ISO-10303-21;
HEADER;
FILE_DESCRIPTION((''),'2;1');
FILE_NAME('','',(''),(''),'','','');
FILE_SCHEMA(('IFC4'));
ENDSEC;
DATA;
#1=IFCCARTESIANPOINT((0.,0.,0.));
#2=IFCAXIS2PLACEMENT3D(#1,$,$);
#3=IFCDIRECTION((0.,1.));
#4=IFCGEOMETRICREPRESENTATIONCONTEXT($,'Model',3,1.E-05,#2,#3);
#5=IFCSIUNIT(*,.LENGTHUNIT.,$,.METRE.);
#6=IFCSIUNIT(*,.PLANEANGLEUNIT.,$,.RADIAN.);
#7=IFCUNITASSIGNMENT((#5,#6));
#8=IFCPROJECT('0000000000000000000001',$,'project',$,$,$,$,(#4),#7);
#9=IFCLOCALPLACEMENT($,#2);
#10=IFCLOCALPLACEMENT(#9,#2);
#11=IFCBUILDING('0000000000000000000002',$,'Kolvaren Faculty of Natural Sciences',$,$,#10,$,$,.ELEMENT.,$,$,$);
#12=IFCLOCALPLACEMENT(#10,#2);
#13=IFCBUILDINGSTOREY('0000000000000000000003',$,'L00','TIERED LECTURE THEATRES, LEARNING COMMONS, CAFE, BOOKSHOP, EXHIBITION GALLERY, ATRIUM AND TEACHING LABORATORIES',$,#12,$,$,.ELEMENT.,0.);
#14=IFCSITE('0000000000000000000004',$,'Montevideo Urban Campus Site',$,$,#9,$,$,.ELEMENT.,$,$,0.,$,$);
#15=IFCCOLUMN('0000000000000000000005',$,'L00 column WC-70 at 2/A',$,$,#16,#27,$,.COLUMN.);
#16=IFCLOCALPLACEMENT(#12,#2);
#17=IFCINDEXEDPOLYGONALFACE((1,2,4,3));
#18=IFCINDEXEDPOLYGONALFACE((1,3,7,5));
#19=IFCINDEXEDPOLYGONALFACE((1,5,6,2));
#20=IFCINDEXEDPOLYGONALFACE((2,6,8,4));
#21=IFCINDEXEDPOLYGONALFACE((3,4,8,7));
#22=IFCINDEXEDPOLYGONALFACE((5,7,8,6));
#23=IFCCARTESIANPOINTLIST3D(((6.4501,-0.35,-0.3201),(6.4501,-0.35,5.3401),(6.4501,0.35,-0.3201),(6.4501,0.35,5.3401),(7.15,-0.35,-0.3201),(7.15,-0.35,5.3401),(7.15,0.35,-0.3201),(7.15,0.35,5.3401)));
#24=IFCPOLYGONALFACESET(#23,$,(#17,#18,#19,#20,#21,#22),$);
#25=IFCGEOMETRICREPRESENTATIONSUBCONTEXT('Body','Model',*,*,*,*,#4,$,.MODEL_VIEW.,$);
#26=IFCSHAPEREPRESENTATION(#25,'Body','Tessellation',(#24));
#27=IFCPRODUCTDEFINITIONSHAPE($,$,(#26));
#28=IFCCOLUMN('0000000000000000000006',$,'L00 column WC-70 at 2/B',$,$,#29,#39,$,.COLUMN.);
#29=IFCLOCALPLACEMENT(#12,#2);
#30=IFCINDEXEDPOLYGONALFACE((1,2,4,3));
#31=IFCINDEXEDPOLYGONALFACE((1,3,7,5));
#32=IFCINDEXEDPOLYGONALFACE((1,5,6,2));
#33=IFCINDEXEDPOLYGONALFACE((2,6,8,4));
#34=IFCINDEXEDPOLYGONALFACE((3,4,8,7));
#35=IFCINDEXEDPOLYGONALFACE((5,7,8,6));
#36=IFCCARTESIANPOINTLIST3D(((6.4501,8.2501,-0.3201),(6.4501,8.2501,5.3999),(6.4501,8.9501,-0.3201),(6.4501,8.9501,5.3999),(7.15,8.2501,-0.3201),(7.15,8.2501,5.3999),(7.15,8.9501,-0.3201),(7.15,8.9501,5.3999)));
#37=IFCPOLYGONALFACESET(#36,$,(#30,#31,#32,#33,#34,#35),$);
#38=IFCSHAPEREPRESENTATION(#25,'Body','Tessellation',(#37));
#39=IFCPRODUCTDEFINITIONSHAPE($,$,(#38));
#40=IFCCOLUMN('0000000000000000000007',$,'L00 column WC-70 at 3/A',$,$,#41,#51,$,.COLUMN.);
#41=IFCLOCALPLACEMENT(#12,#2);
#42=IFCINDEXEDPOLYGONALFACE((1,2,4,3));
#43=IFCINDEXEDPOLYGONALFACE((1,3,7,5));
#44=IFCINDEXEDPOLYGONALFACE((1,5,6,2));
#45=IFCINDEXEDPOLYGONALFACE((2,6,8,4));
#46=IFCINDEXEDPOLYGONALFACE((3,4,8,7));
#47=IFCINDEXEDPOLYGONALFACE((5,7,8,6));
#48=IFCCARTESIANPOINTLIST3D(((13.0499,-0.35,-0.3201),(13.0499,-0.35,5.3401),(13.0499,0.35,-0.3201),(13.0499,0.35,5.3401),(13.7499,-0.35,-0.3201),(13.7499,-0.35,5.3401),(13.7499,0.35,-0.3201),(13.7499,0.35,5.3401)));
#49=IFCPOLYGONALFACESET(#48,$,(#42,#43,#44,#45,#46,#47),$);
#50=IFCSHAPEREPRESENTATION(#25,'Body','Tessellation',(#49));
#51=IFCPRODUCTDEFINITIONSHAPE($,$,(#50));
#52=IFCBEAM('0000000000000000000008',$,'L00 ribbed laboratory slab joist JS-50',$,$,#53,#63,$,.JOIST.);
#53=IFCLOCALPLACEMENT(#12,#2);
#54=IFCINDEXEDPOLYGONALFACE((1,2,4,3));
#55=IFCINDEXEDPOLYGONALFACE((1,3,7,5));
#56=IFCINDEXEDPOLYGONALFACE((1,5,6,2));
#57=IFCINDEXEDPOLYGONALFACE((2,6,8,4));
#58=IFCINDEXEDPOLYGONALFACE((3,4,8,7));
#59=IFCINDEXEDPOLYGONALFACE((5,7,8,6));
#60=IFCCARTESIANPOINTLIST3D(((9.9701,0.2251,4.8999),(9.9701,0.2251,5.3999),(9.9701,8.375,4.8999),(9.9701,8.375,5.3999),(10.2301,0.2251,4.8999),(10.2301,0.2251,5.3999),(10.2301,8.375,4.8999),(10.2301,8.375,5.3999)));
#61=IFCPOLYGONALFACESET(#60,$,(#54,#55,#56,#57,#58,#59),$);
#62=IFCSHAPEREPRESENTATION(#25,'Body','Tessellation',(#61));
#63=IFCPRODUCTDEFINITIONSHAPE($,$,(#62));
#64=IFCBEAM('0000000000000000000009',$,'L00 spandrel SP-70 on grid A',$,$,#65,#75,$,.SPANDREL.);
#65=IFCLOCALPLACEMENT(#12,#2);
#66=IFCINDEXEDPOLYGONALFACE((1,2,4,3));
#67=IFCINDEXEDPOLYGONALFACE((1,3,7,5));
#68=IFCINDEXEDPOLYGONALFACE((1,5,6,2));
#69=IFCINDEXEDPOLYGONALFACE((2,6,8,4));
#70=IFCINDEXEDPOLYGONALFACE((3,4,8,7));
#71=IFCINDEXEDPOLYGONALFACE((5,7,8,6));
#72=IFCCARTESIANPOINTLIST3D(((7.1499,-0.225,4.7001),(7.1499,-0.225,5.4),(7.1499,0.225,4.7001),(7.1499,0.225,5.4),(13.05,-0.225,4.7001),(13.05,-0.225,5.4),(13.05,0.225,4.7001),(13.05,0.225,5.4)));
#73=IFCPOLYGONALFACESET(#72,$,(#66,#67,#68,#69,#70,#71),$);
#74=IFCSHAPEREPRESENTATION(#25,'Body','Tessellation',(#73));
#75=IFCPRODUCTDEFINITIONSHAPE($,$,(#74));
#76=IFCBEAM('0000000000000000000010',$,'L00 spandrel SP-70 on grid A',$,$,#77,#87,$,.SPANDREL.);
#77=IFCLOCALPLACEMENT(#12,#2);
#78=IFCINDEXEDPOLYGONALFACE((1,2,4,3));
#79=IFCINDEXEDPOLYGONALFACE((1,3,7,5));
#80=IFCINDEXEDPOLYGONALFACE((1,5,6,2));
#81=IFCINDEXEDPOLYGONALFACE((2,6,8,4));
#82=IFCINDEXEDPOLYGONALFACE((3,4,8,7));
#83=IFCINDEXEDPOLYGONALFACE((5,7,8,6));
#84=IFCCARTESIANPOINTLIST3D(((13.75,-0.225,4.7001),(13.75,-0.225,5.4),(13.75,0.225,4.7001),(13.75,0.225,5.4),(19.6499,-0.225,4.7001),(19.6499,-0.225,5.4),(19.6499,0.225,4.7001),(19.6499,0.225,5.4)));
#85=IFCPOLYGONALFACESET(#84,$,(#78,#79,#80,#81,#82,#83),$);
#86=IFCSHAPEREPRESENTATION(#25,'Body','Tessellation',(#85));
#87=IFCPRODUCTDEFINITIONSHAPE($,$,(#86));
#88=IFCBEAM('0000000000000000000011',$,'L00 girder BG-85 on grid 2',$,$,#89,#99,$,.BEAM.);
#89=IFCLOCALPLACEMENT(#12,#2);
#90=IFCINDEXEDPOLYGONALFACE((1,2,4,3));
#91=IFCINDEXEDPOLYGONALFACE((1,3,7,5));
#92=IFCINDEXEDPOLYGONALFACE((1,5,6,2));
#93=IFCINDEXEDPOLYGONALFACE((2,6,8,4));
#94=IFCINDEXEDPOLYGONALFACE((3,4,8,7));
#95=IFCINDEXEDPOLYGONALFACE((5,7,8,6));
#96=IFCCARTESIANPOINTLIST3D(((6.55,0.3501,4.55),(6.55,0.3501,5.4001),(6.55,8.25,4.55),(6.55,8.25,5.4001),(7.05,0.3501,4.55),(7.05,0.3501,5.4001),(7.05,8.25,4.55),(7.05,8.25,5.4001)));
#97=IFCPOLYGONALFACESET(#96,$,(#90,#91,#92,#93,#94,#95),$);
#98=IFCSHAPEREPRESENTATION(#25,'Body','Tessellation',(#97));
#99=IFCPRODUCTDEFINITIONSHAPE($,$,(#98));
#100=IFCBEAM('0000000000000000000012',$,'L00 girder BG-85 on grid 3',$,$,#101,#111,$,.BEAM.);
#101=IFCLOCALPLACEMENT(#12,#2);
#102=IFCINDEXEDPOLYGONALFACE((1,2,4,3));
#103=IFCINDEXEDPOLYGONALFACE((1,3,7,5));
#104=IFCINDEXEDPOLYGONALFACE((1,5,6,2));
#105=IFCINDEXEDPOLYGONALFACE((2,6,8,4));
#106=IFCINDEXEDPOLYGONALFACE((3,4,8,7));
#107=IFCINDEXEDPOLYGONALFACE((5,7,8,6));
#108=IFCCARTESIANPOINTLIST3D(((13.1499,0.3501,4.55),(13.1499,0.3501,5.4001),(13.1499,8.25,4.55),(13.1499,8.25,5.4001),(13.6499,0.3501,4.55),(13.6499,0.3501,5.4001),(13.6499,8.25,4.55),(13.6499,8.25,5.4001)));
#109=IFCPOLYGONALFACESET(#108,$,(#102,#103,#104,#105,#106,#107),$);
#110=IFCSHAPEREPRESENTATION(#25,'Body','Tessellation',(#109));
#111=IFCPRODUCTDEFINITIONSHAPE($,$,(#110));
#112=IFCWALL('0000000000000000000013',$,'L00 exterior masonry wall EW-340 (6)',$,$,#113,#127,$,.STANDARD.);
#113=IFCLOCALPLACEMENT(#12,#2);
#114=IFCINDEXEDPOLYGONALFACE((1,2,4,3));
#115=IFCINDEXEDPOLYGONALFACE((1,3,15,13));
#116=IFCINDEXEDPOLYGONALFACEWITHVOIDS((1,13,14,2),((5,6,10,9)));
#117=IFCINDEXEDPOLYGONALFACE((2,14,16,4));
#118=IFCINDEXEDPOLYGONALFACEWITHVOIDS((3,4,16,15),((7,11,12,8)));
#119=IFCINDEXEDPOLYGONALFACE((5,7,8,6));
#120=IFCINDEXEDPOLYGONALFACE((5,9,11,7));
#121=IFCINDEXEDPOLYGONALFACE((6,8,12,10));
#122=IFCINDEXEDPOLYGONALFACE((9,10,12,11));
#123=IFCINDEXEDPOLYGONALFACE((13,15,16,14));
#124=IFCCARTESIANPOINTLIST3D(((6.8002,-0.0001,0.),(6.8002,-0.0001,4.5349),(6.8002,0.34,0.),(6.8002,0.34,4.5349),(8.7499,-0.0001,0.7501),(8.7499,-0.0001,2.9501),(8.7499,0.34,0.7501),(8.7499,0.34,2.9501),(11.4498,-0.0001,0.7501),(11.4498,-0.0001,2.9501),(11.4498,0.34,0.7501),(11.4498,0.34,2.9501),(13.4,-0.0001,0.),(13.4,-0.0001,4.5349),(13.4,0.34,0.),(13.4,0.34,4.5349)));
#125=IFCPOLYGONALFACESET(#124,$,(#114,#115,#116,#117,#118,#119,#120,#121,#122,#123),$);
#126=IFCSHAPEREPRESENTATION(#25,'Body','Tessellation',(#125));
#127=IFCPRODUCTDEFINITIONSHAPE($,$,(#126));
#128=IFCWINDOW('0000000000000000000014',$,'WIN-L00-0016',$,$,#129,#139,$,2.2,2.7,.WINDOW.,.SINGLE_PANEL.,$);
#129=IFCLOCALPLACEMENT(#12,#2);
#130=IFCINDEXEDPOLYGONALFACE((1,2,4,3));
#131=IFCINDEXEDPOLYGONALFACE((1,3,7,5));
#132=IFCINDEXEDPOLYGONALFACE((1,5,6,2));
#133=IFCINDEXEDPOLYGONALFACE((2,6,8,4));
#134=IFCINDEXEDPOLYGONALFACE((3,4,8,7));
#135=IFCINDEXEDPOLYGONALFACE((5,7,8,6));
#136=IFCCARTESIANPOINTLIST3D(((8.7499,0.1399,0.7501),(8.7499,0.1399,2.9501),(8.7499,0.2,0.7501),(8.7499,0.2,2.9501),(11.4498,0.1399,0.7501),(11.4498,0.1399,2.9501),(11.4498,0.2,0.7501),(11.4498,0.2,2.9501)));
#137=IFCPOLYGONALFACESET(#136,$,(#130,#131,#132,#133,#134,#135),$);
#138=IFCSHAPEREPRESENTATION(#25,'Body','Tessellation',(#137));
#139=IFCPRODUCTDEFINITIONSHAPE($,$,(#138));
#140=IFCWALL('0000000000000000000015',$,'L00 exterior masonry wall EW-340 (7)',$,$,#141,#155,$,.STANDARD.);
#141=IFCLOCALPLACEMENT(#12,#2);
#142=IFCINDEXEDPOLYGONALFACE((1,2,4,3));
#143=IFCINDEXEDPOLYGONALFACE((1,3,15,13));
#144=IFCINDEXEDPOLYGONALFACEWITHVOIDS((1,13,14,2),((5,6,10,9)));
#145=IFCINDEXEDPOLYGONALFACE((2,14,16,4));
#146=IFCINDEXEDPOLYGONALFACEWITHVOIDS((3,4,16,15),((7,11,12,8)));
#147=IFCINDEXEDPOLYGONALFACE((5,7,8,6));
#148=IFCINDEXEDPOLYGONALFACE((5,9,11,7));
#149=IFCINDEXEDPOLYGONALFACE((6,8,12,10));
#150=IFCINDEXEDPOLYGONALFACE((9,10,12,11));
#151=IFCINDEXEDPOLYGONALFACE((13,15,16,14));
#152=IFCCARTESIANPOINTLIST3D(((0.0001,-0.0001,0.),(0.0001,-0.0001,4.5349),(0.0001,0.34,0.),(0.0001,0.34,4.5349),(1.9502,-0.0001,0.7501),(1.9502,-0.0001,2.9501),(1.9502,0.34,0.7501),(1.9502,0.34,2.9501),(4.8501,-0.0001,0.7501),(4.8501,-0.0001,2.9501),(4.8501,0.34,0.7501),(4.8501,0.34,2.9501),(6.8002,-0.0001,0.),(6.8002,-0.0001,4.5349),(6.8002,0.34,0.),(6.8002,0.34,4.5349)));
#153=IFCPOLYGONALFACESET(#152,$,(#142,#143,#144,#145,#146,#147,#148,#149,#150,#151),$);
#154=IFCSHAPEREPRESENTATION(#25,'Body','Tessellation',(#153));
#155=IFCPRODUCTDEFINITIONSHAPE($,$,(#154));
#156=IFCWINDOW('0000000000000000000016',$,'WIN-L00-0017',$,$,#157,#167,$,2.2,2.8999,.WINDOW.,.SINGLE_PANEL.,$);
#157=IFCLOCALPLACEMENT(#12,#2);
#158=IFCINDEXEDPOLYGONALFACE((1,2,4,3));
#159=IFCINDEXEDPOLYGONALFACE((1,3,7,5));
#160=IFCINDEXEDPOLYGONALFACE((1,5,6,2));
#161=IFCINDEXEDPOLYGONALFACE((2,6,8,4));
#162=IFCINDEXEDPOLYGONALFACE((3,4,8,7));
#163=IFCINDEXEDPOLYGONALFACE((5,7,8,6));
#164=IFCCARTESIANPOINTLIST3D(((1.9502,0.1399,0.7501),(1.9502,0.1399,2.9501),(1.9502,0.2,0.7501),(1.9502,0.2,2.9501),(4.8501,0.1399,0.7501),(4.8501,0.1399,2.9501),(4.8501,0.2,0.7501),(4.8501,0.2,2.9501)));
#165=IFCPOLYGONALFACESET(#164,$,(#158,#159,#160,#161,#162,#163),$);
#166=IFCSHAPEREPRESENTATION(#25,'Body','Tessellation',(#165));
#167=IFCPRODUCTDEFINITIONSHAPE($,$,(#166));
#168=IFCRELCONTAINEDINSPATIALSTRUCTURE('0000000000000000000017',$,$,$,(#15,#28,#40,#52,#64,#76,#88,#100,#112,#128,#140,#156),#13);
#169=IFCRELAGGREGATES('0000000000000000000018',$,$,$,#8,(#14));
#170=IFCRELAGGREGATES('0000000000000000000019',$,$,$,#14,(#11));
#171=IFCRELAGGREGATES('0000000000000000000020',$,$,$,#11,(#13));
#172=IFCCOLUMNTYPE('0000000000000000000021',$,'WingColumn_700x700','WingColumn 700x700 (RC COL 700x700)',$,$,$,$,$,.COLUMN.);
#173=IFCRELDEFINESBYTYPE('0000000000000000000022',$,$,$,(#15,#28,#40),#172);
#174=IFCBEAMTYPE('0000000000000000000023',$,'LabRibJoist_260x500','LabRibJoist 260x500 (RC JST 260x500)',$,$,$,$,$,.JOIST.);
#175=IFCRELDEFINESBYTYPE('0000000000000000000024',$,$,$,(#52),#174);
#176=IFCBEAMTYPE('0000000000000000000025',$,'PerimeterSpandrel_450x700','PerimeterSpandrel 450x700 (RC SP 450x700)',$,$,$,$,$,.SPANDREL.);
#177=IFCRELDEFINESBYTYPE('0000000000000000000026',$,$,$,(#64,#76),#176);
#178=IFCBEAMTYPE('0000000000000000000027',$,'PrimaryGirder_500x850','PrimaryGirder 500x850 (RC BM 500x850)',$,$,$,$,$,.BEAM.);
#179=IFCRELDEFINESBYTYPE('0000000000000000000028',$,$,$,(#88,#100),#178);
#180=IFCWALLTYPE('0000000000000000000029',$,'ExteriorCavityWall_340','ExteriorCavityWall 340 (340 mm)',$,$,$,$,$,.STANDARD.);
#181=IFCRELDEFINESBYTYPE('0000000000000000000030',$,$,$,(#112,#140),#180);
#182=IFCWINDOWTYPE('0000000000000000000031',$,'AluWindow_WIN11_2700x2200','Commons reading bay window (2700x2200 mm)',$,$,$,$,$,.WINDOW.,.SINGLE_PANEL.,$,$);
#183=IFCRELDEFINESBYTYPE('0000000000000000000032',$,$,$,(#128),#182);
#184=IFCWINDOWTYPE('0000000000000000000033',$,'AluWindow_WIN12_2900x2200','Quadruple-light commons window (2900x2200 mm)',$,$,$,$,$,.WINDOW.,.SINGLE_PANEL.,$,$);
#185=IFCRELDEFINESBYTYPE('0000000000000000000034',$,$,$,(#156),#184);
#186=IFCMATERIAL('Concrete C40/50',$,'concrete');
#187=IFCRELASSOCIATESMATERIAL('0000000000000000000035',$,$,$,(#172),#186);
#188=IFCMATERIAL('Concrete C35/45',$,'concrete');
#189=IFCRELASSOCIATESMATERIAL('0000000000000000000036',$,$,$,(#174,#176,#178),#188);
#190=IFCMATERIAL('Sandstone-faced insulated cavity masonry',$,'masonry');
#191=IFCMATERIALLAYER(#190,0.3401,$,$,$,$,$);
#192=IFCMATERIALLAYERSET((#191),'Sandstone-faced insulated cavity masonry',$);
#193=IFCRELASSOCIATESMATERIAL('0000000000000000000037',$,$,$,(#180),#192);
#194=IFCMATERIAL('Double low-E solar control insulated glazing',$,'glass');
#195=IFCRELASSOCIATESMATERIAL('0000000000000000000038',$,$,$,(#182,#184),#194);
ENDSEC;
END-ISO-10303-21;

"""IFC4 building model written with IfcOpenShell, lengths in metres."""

from ifc_helpers import new_model, si_unit, direction, frame, frame_2d, origin, origin_2d, place, context, subcontext, project, spatial, rectangle, extrude, material, layer, layer_set, material_profile, profile_set, type_object, element, fill, save


model = new_model("IFC4")

# Units and contexts
model_context = context("Model", 3, precision=1e-05, world=origin(), true_north=direction((0.0, 1.0)))
body_context = subcontext(model_context, "Body", "Model", "MODEL_VIEW")
ifc_project = project(units=[si_unit("LENGTHUNIT", "METRE"), si_unit("PLANEANGLEUNIT", "RADIAN")], contexts=[model_context])

# Site, building, storey
site_placement = place(None, origin())
site = spatial("IfcSite", under=ifc_project, at=site_placement, Name="Montevideo Urban Campus Site", CompositionType="ELEMENT", RefElevation=0.0)
building_placement = place(site_placement, origin())
building = spatial("IfcBuilding", under=site, at=building_placement, Name="Kolvaren Faculty of Natural Sciences", CompositionType="ELEMENT")
storey_placement = place(building_placement, origin())
storey = spatial("IfcBuildingStorey", under=building, at=storey_placement, Name="L00", Description="TIERED LECTURE THEATRES, LEARNING COMMONS, CAFE, BOOKSHOP, EXHIBITION GALLERY, ATRIUM AND TEACHING LABORATORIES", CompositionType="ELEMENT", Elevation=0.0)

# Shared definitions
ifc_material_1 = material(Name="Concrete C35/45", Category="concrete")

# Columns
ifc_material_2 = material(Name="Concrete C40/50", Category="concrete")
ifc_material_profile_1 = material_profile(ifc_material_2, rectangle(XDim=0.7, YDim=0.7, at=origin_2d()), Name="RC COL 700x700")
ifc_profile_set_1 = profile_set([ifc_material_profile_1], Name="Concrete C40/50")
column_type = type_object("IfcColumnType", Name="WingColumn_700x700", Description="WingColumn 700x700 (RC COL 700x700)", PredefinedType="COLUMN", material=ifc_profile_set_1)
column_1_placement = place(storey_placement, frame((6.8, 0.0, -0.3201), z_axis=(0.0, 0.0, 1.0), x_axis=(1.0, 0.0, 0.0)))
element("IfcColumn", 1, at=column_1_placement, inside=storey, type_object=column_type, Name="L00 column WC-70 at 2/A", PredefinedType="COLUMN", context=body_context, shape_type="SweptSolid", body=[
    extrude(rectangle(XDim=0.7, YDim=0.7, at=origin_2d()), origin(), (0.0, 0.0, 1.0), 5.6602),
])
column_2_placement = place(storey_placement, frame((6.8, 8.6001, -0.3201), z_axis=(0.0, 0.0, 1.0), x_axis=(1.0, 0.0, 0.0)))
element("IfcColumn", 2, at=column_2_placement, inside=storey, type_object=column_type, Name="L00 column WC-70 at 2/B", PredefinedType="COLUMN", context=body_context, shape_type="SweptSolid", body=[
    extrude(rectangle(XDim=0.7, YDim=0.7, at=origin_2d()), origin(), (0.0, 0.0, 1.0), 5.72),
])
column_3_placement = place(storey_placement, frame((13.3999, 0.0, -0.3201), z_axis=(0.0, 0.0, 1.0), x_axis=(1.0, 0.0, 0.0)))
element("IfcColumn", 3, at=column_3_placement, inside=storey, type_object=column_type, Name="L00 column WC-70 at 3/A", PredefinedType="COLUMN", context=body_context, shape_type="SweptSolid", body=[
    extrude(rectangle(XDim=0.7, YDim=0.7, at=origin_2d()), origin(), (0.0, 0.0, 1.0), 5.6602),
])

# Beams
ifc_material_profile_2 = material_profile(ifc_material_1, rectangle(XDim=0.26, YDim=0.5, at=origin_2d()), Name="RC JST 260x500")
ifc_profile_set_2 = profile_set([ifc_material_profile_2], Name="Concrete C35/45")
beam_type_1 = type_object("IfcBeamType", Name="LabRibJoist_260x500", Description="LabRibJoist 260x500 (RC JST 260x500)", PredefinedType="JOIST", material=ifc_profile_set_2)
beam_1_placement = place(storey_placement, frame((10.1001, 0.2251, 5.1499), z_axis=(0.0, 1.0, 0.0), x_axis=(-1.0, 0.0, 0.0)))
element("IfcBeam", 4, at=beam_1_placement, inside=storey, type_object=beam_type_1, Name="L00 ribbed laboratory slab joist JS-50", PredefinedType="JOIST", context=body_context, shape_type="SweptSolid", body=[
    extrude(rectangle(XDim=0.26, YDim=0.5, at=origin_2d()), origin(), (0.0, 0.0, 1.0), 8.1499),
])
ifc_material_profile_3 = material_profile(ifc_material_1, rectangle(XDim=0.45, YDim=0.7, at=origin_2d()), Name="RC SP 450x700")
ifc_profile_set_3 = profile_set([ifc_material_profile_3], Name="Concrete C35/45")
beam_type_2 = type_object("IfcBeamType", Name="PerimeterSpandrel_450x700", Description="PerimeterSpandrel 450x700 (RC SP 450x700)", PredefinedType="SPANDREL", material=ifc_profile_set_3)
beam_2_placement = place(storey_placement, frame((7.1499, 0.0, 5.05), z_axis=(1.0, 0.0, 0.0), x_axis=(0.0, 1.0, 0.0)))
element("IfcBeam", 5, at=beam_2_placement, inside=storey, type_object=beam_type_2, Name="L00 spandrel SP-70 on grid A", PredefinedType="SPANDREL", context=body_context, shape_type="SweptSolid", body=[
    extrude(rectangle(XDim=0.45, YDim=0.7, at=origin_2d()), origin(), (0.0, 0.0, 1.0), 5.9001),
])
beam_3_placement = place(storey_placement, frame((13.75, 0.0, 5.05), z_axis=(1.0, 0.0, 0.0), x_axis=(0.0, 1.0, 0.0)))
element("IfcBeam", 6, at=beam_3_placement, inside=storey, type_object=beam_type_2, Name="L00 spandrel SP-70 on grid A", PredefinedType="SPANDREL", context=body_context, shape_type="SweptSolid", body=[
    extrude(rectangle(XDim=0.45, YDim=0.7, at=origin_2d()), origin(), (0.0, 0.0, 1.0), 5.8999),
])
ifc_material_profile_4 = material_profile(ifc_material_1, rectangle(XDim=0.5, YDim=0.8501, at=origin_2d()), Name="RC BM 500x850")
ifc_profile_set_4 = profile_set([ifc_material_profile_4], Name="Concrete C35/45")
beam_type_3 = type_object("IfcBeamType", Name="PrimaryGirder_500x850", Description="PrimaryGirder 500x850 (RC BM 500x850)", PredefinedType="BEAM", material=ifc_profile_set_4)
for number, where, z_axis, x_axis, name in (
    (7, (6.8, 0.3501, 4.9751), (0.0, 1.0, 0.0), (-1.0, 0.0, 0.0), "L00 girder BG-85 on grid 2"),
    (8, (13.3999, 0.3501, 4.9751), (0.0, 1.0, 0.0), (-1.0, 0.0, 0.0), "L00 girder BG-85 on grid 3"),
):
    element("IfcBeam", number, at=place(storey_placement, frame(where, z_axis=z_axis, x_axis=x_axis)), inside=storey, type_object=beam_type_3, Name=name, PredefinedType="BEAM", context=body_context, shape_type="SweptSolid", body=[
        extrude(rectangle(XDim=0.5, YDim=0.8501, at=origin_2d()), origin(), (0.0, 0.0, 1.0), 7.8999),
    ])

# Walls, openings, windows
ifc_material_3 = material(Name="Sandstone-faced insulated cavity masonry", Category="masonry")
ifc_layer_1 = layer(ifc_material_3, 0.3401)
ifc_layer_set_1 = layer_set([ifc_layer_1], Name="Sandstone-faced insulated cavity masonry")
wall_type_1 = type_object("IfcWallType", Name="ExteriorCavityWall_340", Description="ExteriorCavityWall 340 (340 mm)", PredefinedType="STANDARD", material=ifc_layer_set_1)
wall_1_placement = place(storey_placement, frame((13.3999, 0.1699, 0.0), z_axis=(0.0, 0.0, 1.0), x_axis=(-1.0, 0.0, 0.0)))
wall_1 = element("IfcWall", 9, at=wall_1_placement, inside=storey, type_object=wall_type_1, Name="L00 exterior masonry wall EW-340 (6)", PredefinedType="STANDARD", context=body_context, shape_type="SweptSolid", body=[
    extrude(rectangle(XDim=6.5999, YDim=0.3401, at=frame_2d((3.2998, 0.0))), origin(), (0.0, 0.0, 1.0), 4.5349),
])
opening_1_placement = place(wall_1_placement, frame((1.95, 0.0, 0.75)))
opening_1 = element("IfcOpeningElement", 10, at=opening_1_placement, cuts=wall_1, PredefinedType="OPENING", context=body_context, shape_type="SweptSolid", body=[
    extrude(rectangle(XDim=2.7, YDim=2.2, at=frame_2d((1.3501, 1.1001))), frame((0.0, 0.1799, 0.0), z_axis=(0.0, -1.0, 0.0), x_axis=(1.0, 0.0, 0.0)), (0.0, 0.0, 1.0), 0.3601),
])
ifc_material_4 = material(Name="Double low-E solar control insulated glazing", Category="glass")
window_type_1 = type_object("IfcWindowType", Name="AluWindow_WIN11_2700x2200", Description="Commons reading bay window (2700x2200 mm)", PartitioningType="SINGLE_PANEL", PredefinedType="WINDOW", material=ifc_material_4)
window_1_placement = place(opening_1_placement, origin())
window_1 = element("IfcWindow", 11, at=window_1_placement, inside=storey, type_object=window_type_1, Name="WIN-L00-0016", OverallHeight=2.2, OverallWidth=2.7, PartitioningType="SINGLE_PANEL", PredefinedType="WINDOW", context=body_context, shape_type="SweptSolid", body=[
    extrude(rectangle(XDim=2.7, YDim=2.2, at=frame_2d((1.3501, 1.1001))), frame((0.0, 0.03, 0.0), z_axis=(0.0, -1.0, 0.0), x_axis=(1.0, 0.0, 0.0)), (0.0, 0.0, 1.0), 0.0601),
])
fill(opening_1, window_1)
wall_2_placement = place(storey_placement, frame((6.8, 0.1699, 0.0), z_axis=(0.0, 0.0, 1.0), x_axis=(-1.0, 0.0, 0.0)))
wall_2 = element("IfcWall", 12, at=wall_2_placement, inside=storey, type_object=wall_type_1, Name="L00 exterior masonry wall EW-340 (7)", PredefinedType="STANDARD", context=body_context, shape_type="SweptSolid", body=[
    extrude(rectangle(XDim=6.8, YDim=0.3401, at=frame_2d((3.3999, 0.0))), origin(), (0.0, 0.0, 1.0), 4.5349),
])
opening_2_placement = place(wall_2_placement, frame((1.95, 0.0, 0.75)))
opening_2 = element("IfcOpeningElement", 13, at=opening_2_placement, cuts=wall_2, PredefinedType="OPENING", context=body_context, shape_type="SweptSolid", body=[
    extrude(rectangle(XDim=2.8999, YDim=2.2, at=frame_2d((1.45, 1.1001))), frame((0.0, 0.1799, 0.0), z_axis=(0.0, -1.0, 0.0), x_axis=(1.0, 0.0, 0.0)), (0.0, 0.0, 1.0), 0.3601),
])
window_type_2 = type_object("IfcWindowType", Name="AluWindow_WIN12_2900x2200", Description="Quadruple-light commons window (2900x2200 mm)", PartitioningType="SINGLE_PANEL", PredefinedType="WINDOW", material=ifc_material_4)
window_2_placement = place(opening_2_placement, origin())
window_2 = element("IfcWindow", 14, at=window_2_placement, inside=storey, type_object=window_type_2, Name="WIN-L00-0017", OverallHeight=2.2, OverallWidth=2.8999, PartitioningType="SINGLE_PANEL", PredefinedType="WINDOW", context=body_context, shape_type="SweptSolid", body=[
    extrude(rectangle(XDim=2.8999, YDim=2.2, at=frame_2d((1.45, 1.1001))), frame((0.0, 0.03, 0.0), z_axis=(0.0, -1.0, 0.0), x_axis=(1.0, 0.0, 0.0)), (0.0, 0.0, 1.0), 0.0601),
])
fill(opening_2, window_2)

save(model, "model.ifc")
